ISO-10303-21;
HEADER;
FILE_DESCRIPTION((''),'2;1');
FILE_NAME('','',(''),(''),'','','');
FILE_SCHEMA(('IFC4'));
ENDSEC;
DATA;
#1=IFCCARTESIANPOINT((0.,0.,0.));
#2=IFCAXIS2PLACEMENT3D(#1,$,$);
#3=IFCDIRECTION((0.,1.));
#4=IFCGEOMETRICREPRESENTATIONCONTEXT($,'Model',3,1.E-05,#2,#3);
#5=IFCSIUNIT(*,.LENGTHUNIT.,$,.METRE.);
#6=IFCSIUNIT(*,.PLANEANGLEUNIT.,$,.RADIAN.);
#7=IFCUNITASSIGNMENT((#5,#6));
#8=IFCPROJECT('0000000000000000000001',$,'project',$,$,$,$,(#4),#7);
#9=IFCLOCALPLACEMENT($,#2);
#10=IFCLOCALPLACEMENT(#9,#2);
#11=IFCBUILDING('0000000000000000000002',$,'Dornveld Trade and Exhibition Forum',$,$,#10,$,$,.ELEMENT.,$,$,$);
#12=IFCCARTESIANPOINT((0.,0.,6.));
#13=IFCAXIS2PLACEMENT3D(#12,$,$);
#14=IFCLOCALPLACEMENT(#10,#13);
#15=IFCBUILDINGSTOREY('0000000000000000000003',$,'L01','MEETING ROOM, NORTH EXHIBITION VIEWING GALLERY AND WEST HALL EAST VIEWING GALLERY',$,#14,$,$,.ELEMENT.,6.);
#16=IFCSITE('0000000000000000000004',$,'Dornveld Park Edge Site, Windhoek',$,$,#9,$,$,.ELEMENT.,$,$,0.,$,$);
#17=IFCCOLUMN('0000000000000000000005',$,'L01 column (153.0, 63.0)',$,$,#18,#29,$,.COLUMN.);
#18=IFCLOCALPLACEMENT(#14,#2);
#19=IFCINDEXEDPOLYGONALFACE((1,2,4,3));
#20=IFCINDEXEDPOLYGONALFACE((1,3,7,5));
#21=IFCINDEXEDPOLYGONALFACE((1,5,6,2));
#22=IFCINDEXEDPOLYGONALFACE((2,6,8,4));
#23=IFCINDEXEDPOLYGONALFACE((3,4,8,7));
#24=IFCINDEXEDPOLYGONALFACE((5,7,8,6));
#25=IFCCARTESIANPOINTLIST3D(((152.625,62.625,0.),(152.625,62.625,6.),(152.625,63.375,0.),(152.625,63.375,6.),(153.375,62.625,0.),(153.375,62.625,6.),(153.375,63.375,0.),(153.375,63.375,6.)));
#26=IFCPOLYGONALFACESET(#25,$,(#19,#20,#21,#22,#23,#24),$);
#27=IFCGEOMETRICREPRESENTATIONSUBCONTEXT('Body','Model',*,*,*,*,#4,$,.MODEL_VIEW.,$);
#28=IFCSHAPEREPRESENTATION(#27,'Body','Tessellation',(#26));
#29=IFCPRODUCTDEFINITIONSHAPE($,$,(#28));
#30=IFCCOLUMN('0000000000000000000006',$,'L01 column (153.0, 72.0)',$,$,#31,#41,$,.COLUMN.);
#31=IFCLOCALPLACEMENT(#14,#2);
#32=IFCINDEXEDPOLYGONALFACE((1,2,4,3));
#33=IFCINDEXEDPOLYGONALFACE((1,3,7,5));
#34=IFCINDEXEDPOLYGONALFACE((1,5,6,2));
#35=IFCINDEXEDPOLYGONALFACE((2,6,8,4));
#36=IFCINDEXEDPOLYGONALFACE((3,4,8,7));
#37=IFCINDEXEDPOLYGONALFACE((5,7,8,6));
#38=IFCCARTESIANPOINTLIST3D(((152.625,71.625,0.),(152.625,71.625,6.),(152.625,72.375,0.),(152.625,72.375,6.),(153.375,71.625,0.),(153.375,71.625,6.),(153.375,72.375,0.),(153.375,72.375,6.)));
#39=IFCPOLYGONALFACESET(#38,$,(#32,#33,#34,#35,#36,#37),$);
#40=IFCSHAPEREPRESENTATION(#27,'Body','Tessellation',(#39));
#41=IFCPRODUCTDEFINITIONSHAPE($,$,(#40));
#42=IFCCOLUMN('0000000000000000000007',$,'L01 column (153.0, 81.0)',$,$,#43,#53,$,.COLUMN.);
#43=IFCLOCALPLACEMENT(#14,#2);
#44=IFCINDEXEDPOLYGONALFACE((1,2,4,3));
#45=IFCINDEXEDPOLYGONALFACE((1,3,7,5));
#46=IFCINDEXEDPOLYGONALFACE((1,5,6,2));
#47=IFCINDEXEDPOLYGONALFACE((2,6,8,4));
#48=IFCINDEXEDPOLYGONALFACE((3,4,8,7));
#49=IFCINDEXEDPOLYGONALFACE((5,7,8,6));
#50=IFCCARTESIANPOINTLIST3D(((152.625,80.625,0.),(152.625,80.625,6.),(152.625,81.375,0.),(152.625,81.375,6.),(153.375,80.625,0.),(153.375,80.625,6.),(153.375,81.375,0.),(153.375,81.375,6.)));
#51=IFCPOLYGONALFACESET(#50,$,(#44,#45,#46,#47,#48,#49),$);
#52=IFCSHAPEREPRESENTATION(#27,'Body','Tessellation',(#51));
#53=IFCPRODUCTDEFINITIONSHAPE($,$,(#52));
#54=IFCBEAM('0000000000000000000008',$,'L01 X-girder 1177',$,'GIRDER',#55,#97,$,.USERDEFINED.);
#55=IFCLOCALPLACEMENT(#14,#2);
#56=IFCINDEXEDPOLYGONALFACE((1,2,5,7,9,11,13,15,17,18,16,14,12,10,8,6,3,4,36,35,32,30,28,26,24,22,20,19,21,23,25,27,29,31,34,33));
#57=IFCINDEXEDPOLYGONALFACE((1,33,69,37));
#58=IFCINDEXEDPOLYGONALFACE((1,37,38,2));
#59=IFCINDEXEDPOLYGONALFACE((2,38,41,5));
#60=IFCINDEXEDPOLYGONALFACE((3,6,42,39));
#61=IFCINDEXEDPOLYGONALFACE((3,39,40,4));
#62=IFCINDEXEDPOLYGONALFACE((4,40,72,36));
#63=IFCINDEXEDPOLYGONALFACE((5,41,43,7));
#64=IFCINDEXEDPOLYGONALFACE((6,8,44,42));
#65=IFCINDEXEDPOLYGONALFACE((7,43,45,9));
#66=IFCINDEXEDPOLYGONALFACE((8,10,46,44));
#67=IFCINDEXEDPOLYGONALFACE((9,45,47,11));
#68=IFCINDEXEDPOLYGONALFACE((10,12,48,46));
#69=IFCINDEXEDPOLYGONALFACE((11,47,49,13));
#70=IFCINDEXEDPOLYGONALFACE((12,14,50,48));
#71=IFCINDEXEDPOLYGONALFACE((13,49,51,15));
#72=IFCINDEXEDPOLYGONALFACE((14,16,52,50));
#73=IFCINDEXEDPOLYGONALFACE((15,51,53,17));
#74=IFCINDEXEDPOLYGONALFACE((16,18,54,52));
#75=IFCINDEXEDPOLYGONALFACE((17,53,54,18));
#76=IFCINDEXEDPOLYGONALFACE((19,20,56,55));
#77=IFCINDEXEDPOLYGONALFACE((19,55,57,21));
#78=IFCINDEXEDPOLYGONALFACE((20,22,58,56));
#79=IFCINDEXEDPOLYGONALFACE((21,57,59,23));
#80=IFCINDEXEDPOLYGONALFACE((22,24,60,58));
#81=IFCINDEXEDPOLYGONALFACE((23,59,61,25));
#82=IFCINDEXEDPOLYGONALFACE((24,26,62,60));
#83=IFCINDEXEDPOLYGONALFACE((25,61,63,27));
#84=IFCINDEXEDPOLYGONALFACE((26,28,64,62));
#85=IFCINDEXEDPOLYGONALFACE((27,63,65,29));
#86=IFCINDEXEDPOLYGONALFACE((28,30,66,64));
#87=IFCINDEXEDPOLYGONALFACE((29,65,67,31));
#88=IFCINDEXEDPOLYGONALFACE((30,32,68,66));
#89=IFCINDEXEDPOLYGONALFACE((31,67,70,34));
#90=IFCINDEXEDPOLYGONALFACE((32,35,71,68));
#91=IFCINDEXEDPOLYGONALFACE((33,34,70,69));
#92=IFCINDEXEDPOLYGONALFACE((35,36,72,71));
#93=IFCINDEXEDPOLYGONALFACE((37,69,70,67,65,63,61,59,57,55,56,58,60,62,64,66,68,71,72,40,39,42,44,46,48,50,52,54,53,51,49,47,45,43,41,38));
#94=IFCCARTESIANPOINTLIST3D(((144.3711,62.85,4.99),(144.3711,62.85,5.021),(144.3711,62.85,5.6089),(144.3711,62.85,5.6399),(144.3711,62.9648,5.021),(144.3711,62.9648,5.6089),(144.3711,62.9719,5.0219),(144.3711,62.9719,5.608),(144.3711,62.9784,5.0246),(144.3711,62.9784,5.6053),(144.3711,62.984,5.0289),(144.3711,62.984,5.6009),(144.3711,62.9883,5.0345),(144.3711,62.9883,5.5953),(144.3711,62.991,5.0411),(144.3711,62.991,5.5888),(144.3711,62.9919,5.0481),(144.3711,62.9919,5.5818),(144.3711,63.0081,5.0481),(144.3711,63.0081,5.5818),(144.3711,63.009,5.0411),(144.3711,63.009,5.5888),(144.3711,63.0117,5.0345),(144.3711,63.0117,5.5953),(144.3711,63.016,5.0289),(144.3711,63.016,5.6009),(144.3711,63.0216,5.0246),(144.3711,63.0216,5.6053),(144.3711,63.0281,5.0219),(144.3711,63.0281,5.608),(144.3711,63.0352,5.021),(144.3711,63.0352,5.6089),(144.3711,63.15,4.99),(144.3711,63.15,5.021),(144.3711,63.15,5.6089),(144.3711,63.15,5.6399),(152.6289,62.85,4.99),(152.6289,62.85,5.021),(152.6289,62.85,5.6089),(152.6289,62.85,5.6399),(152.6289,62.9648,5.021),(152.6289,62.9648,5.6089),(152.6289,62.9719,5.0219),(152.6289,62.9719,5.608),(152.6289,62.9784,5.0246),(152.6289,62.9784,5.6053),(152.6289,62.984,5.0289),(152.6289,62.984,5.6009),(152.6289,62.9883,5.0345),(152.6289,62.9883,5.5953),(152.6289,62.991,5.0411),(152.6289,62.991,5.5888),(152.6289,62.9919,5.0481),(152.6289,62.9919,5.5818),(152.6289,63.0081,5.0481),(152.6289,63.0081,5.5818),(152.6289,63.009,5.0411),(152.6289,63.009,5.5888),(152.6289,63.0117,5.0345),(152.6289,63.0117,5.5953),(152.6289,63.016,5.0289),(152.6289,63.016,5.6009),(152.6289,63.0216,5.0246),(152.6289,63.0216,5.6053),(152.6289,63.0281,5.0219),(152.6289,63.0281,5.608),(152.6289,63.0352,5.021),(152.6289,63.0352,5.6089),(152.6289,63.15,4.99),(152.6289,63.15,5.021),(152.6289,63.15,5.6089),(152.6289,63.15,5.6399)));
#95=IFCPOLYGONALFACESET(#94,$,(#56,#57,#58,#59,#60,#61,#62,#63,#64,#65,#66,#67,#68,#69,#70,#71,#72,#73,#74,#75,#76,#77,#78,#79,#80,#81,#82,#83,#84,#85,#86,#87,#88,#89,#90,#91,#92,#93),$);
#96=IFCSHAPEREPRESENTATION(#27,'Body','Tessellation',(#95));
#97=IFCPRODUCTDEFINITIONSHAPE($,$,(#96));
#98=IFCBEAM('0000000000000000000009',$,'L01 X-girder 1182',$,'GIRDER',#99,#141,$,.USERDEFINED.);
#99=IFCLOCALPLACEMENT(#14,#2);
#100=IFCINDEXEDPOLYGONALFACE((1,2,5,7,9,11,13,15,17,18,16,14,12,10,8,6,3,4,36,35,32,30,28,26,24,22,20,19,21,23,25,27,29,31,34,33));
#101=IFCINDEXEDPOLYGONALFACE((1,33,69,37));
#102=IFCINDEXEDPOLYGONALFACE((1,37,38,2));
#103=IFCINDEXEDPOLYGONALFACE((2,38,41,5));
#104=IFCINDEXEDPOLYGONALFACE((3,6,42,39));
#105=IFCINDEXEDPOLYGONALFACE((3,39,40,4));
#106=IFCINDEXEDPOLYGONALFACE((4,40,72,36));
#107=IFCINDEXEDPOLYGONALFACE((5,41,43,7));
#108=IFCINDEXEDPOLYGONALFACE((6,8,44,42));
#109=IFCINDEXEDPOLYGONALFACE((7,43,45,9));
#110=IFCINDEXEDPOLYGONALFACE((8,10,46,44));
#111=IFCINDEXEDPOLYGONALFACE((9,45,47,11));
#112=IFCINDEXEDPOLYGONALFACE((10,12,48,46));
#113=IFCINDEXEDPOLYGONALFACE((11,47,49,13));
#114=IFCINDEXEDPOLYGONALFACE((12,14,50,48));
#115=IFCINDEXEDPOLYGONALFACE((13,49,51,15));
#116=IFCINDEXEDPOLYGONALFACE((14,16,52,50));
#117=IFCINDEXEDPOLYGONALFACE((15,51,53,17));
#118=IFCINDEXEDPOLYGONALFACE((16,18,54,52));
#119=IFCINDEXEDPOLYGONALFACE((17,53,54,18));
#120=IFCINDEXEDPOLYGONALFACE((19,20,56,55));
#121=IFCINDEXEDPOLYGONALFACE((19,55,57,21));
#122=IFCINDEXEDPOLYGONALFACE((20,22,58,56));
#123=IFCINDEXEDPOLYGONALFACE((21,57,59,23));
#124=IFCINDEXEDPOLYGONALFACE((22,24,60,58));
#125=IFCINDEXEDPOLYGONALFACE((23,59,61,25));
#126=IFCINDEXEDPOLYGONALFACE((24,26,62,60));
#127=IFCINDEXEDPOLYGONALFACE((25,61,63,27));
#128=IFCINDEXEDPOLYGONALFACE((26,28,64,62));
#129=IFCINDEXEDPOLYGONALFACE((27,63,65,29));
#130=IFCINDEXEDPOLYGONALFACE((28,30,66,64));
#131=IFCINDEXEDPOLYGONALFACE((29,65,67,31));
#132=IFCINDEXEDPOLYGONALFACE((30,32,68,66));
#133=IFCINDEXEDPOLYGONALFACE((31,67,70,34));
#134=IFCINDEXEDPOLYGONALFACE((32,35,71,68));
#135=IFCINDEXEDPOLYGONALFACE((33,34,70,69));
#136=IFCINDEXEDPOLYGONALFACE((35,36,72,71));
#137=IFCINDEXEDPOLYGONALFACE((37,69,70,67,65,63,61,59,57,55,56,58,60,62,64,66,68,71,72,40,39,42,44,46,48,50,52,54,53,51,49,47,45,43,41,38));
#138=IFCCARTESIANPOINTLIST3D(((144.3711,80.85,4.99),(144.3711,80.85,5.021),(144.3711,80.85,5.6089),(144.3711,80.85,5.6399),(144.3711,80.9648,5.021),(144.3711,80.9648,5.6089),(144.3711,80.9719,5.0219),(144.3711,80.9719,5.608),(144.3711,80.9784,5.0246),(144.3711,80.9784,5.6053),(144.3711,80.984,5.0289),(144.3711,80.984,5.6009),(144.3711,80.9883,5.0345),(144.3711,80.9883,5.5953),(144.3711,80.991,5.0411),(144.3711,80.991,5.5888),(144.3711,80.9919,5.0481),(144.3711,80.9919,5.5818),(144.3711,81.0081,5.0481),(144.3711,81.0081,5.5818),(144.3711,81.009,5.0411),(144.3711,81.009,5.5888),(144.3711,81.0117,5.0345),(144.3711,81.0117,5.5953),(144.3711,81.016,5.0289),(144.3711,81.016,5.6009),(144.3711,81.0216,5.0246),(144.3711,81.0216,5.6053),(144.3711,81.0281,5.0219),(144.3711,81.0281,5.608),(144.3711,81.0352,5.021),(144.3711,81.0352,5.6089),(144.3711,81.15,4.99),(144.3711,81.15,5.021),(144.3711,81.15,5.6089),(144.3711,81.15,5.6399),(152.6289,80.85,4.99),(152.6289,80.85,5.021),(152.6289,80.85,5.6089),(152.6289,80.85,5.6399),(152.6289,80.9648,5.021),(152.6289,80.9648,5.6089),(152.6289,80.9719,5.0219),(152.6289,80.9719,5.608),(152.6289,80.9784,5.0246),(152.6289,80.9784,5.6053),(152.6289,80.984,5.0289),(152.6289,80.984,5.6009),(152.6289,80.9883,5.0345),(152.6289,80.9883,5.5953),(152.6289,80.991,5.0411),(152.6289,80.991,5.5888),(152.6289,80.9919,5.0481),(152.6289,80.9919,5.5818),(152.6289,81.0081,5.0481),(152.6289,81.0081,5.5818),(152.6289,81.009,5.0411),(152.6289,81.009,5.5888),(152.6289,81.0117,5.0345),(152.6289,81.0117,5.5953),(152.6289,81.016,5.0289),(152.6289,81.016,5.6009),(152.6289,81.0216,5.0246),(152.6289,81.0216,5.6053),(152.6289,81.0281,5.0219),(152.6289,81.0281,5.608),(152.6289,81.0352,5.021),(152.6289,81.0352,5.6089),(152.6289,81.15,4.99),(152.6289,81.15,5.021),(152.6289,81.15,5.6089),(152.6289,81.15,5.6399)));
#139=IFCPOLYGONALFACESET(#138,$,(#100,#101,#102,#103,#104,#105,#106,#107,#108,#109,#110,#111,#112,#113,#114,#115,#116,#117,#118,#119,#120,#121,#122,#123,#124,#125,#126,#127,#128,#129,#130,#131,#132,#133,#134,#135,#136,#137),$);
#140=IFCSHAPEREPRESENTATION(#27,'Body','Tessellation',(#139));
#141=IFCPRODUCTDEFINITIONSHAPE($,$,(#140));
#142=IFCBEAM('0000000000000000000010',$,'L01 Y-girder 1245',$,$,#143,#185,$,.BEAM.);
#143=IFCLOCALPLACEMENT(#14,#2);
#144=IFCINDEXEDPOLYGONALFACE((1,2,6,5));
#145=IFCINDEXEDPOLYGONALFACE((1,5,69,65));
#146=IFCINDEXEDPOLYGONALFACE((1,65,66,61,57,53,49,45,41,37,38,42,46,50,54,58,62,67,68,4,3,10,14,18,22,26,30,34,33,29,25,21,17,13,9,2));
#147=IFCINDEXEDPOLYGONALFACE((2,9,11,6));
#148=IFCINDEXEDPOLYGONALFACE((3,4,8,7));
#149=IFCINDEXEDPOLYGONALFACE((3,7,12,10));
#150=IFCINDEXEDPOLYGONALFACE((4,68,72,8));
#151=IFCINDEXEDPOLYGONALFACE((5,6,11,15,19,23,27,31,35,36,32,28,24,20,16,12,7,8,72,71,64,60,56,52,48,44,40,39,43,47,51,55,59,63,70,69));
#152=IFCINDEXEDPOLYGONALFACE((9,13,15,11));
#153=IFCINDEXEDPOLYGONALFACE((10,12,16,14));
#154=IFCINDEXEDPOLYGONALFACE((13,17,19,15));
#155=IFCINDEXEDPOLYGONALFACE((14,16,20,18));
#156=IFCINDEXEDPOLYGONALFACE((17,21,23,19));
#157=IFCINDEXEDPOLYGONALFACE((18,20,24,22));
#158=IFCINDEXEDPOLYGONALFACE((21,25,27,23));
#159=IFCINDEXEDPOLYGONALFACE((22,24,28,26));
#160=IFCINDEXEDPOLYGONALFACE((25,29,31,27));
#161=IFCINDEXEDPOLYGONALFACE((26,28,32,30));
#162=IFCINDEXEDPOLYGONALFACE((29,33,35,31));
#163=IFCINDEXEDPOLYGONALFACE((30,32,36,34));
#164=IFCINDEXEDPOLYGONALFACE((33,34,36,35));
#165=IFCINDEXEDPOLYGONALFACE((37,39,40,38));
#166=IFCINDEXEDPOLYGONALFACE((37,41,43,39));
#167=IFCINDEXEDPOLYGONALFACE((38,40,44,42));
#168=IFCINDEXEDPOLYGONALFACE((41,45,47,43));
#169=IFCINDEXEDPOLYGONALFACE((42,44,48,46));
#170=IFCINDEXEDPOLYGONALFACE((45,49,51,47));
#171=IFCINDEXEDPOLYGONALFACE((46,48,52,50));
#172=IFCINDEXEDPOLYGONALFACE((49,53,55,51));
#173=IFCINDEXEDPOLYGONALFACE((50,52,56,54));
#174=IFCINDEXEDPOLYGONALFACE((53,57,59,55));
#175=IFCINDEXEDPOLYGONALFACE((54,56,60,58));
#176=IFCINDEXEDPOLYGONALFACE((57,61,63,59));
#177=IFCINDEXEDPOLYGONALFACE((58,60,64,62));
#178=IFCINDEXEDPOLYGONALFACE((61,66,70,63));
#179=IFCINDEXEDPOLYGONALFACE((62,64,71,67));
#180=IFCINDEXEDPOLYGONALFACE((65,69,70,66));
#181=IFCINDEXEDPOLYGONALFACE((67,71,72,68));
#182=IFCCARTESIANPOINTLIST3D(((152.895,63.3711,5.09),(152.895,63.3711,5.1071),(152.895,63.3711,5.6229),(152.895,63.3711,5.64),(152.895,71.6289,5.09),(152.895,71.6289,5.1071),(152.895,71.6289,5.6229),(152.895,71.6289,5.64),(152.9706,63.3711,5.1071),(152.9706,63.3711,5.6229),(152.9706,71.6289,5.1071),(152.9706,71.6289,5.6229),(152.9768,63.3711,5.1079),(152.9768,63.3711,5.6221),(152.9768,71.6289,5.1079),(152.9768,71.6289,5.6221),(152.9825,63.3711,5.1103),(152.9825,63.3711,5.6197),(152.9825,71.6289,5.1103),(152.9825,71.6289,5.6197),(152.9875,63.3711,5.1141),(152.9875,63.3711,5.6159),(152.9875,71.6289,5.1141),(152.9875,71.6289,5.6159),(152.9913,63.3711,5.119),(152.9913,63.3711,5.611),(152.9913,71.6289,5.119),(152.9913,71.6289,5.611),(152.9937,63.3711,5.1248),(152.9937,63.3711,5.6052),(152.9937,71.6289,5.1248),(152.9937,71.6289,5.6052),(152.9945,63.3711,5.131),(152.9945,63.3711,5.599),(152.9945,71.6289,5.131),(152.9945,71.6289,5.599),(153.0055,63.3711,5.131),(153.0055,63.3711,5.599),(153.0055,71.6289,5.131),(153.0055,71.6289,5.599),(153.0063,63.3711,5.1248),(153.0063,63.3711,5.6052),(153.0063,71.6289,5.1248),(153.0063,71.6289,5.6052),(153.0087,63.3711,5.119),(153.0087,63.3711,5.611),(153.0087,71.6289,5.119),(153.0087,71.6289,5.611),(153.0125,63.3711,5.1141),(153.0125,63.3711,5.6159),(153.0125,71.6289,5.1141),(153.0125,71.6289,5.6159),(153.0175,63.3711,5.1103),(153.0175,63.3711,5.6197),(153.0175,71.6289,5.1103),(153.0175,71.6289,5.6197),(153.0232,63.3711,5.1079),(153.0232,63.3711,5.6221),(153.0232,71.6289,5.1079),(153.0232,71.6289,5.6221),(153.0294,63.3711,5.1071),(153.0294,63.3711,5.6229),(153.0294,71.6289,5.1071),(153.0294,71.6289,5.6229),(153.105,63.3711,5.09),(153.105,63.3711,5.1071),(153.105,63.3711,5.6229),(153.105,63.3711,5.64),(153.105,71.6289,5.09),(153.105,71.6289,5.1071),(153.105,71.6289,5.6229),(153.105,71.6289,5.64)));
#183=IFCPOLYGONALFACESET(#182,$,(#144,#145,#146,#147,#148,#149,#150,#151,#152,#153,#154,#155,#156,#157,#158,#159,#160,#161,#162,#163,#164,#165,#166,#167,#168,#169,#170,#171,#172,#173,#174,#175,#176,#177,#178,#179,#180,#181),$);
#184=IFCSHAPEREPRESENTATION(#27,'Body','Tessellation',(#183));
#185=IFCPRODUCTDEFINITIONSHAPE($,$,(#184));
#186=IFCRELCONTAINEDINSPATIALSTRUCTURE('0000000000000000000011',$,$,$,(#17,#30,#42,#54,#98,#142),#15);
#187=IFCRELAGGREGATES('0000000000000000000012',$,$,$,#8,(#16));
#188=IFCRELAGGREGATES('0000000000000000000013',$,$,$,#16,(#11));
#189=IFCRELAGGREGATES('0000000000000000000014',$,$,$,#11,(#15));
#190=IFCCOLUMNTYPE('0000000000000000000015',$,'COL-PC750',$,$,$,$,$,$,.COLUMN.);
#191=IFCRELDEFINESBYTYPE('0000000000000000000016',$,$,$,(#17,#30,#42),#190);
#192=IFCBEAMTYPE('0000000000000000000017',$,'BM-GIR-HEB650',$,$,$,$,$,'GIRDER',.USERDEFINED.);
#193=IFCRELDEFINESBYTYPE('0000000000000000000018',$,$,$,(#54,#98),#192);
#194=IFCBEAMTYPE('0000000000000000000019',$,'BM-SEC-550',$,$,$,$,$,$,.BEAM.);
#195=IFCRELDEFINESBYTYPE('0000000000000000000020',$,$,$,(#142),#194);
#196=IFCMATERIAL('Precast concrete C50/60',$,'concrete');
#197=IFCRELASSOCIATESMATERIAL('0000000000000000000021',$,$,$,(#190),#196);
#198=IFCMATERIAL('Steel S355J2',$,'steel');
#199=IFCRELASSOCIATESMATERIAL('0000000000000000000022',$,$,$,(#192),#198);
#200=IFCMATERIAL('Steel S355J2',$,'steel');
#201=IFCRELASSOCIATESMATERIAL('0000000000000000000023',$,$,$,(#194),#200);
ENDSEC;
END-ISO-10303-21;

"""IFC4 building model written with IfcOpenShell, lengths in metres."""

from ifc_helpers import new_model, si_unit, direction, frame, origin, origin_2d, place, context, subcontext, project, spatial, rectangle, i_section, extrude, material, material_profile, profile_set, type_object, element, save


model = new_model("IFC4")

# Units and contexts
model_context = context("Model", 3, precision=1e-05, world=origin(), true_north=direction((0.0, 1.0)))
body_context = subcontext(model_context, "Body", "Model", "MODEL_VIEW")
ifc_project = project(units=[si_unit("LENGTHUNIT", "METRE"), si_unit("PLANEANGLEUNIT", "RADIAN")], contexts=[model_context])

# Site, building, storey
site_placement = place(None, origin())
site = spatial("IfcSite", under=ifc_project, at=site_placement, Name="Dornveld Park Edge Site, Windhoek", CompositionType="ELEMENT", RefElevation=0.0)
building_placement = place(site_placement, origin())
building = spatial("IfcBuilding", under=site, at=building_placement, Name="Dornveld Trade and Exhibition Forum", CompositionType="ELEMENT")
storey_placement = place(building_placement, frame((0.0, 0.0, 6.0)))
storey = spatial("IfcBuildingStorey", under=building, at=storey_placement, Name="L01", Description="MEETING ROOM, NORTH EXHIBITION VIEWING GALLERY AND WEST HALL EAST VIEWING GALLERY", CompositionType="ELEMENT", Elevation=6.0)

# Columns
ifc_material_1 = material(Name="Precast concrete C50/60", Category="concrete")
ifc_material_profile_1 = material_profile(ifc_material_1, rectangle(XDim=0.75, YDim=0.75, at=origin_2d()), Name="PC-COL 750x750")
ifc_profile_set_1 = profile_set([ifc_material_profile_1], Name="Precast concrete C50/60")
column_type = type_object("IfcColumnType", Name="COL-PC750", PredefinedType="COLUMN", material=ifc_profile_set_1)
for number, where, z_axis, x_axis, name in (
    (1, (153.0, 63.0, 0.0), (0.0, 0.0, 1.0), (1.0, 0.0, 0.0), "L01 column (153.0, 63.0)"),
    (2, (153.0, 72.0, 0.0), (0.0, 0.0, 1.0), (1.0, 0.0, 0.0), "L01 column (153.0, 72.0)"),
    (3, (153.0, 81.0, 0.0), (0.0, 0.0, 1.0), (1.0, 0.0, 0.0), "L01 column (153.0, 81.0)"),
):
    element("IfcColumn", number, at=place(storey_placement, frame(where, z_axis=z_axis, x_axis=x_axis)), inside=storey, type_object=column_type, Name=name, PredefinedType="COLUMN", context=body_context, shape_type="SweptSolid", body=[
        extrude(rectangle(XDim=0.75, YDim=0.75, at=origin_2d()), origin(), (0.0, 0.0, 1.0), 6.0),
    ])

# Beams
ifc_material_2 = material(Name="Steel S355J2", Category="steel")
ifc_material_profile_2 = material_profile(ifc_material_2, i_section(OverallWidth=0.3, OverallDepth=0.6499, WebThickness=0.0161, FlangeThickness=0.031, FilletRadius=0.0271, at=origin_2d()), Name="HEB 650")
ifc_profile_set_2 = profile_set([ifc_material_profile_2], Name="Steel S355J2")
beam_type_1 = type_object("IfcBeamType", Name="BM-GIR-HEB650", ElementType="GIRDER", PredefinedType="USERDEFINED", material=ifc_profile_set_2)
for number, where, z_axis, x_axis, name in (
    (4, (144.3711, 63.0, 5.3149), (1.0, 0.0, 0.0), (0.0, 1.0, 0.0), "L01 X-girder 1177"),
    (5, (144.3711, 81.0, 5.3149), (1.0, 0.0, 0.0), (0.0, 1.0, 0.0), "L01 X-girder 1182"),
):
    element("IfcBeam", number, at=place(storey_placement, frame(where, z_axis=z_axis, x_axis=x_axis)), inside=storey, type_object=beam_type_1, Name=name, ObjectType="GIRDER", PredefinedType="USERDEFINED", context=body_context, shape_type="SweptSolid", body=[
        extrude(i_section(OverallWidth=0.3, OverallDepth=0.6499, WebThickness=0.0161, FlangeThickness=0.031, FilletRadius=0.0271, at=origin_2d()), origin(), (0.0, 0.0, 1.0), 8.2578),
    ])
ifc_material_3 = material(Name="Steel S355J2", Category="steel")
ifc_material_profile_3 = material_profile(ifc_material_3, i_section(OverallWidth=0.21, OverallDepth=0.55, WebThickness=0.011, FlangeThickness=0.0171, FilletRadius=0.0239, at=origin_2d()), Name="IPE 550")
ifc_profile_set_3 = profile_set([ifc_material_profile_3], Name="Steel S355J2")
beam_type_2 = type_object("IfcBeamType", Name="BM-SEC-550", PredefinedType="BEAM", material=ifc_profile_set_3)
for number, where, z_axis, x_axis, name in (
    (6, (153.0, 63.3711, 5.365), (0.0, 1.0, 0.0), (-1.0, 0.0, 0.0), "L01 Y-girder 1245"),
):
    element("IfcBeam", number, at=place(storey_placement, frame(where, z_axis=z_axis, x_axis=x_axis)), inside=storey, type_object=beam_type_2, Name=name, PredefinedType="BEAM", context=body_context, shape_type="SweptSolid", body=[
        extrude(i_section(OverallWidth=0.21, OverallDepth=0.55, WebThickness=0.011, FlangeThickness=0.0171, FilletRadius=0.0239, at=origin_2d()), origin(), (0.0, 0.0, 1.0), 8.2578),
    ])

save(model, "model.ifc")
